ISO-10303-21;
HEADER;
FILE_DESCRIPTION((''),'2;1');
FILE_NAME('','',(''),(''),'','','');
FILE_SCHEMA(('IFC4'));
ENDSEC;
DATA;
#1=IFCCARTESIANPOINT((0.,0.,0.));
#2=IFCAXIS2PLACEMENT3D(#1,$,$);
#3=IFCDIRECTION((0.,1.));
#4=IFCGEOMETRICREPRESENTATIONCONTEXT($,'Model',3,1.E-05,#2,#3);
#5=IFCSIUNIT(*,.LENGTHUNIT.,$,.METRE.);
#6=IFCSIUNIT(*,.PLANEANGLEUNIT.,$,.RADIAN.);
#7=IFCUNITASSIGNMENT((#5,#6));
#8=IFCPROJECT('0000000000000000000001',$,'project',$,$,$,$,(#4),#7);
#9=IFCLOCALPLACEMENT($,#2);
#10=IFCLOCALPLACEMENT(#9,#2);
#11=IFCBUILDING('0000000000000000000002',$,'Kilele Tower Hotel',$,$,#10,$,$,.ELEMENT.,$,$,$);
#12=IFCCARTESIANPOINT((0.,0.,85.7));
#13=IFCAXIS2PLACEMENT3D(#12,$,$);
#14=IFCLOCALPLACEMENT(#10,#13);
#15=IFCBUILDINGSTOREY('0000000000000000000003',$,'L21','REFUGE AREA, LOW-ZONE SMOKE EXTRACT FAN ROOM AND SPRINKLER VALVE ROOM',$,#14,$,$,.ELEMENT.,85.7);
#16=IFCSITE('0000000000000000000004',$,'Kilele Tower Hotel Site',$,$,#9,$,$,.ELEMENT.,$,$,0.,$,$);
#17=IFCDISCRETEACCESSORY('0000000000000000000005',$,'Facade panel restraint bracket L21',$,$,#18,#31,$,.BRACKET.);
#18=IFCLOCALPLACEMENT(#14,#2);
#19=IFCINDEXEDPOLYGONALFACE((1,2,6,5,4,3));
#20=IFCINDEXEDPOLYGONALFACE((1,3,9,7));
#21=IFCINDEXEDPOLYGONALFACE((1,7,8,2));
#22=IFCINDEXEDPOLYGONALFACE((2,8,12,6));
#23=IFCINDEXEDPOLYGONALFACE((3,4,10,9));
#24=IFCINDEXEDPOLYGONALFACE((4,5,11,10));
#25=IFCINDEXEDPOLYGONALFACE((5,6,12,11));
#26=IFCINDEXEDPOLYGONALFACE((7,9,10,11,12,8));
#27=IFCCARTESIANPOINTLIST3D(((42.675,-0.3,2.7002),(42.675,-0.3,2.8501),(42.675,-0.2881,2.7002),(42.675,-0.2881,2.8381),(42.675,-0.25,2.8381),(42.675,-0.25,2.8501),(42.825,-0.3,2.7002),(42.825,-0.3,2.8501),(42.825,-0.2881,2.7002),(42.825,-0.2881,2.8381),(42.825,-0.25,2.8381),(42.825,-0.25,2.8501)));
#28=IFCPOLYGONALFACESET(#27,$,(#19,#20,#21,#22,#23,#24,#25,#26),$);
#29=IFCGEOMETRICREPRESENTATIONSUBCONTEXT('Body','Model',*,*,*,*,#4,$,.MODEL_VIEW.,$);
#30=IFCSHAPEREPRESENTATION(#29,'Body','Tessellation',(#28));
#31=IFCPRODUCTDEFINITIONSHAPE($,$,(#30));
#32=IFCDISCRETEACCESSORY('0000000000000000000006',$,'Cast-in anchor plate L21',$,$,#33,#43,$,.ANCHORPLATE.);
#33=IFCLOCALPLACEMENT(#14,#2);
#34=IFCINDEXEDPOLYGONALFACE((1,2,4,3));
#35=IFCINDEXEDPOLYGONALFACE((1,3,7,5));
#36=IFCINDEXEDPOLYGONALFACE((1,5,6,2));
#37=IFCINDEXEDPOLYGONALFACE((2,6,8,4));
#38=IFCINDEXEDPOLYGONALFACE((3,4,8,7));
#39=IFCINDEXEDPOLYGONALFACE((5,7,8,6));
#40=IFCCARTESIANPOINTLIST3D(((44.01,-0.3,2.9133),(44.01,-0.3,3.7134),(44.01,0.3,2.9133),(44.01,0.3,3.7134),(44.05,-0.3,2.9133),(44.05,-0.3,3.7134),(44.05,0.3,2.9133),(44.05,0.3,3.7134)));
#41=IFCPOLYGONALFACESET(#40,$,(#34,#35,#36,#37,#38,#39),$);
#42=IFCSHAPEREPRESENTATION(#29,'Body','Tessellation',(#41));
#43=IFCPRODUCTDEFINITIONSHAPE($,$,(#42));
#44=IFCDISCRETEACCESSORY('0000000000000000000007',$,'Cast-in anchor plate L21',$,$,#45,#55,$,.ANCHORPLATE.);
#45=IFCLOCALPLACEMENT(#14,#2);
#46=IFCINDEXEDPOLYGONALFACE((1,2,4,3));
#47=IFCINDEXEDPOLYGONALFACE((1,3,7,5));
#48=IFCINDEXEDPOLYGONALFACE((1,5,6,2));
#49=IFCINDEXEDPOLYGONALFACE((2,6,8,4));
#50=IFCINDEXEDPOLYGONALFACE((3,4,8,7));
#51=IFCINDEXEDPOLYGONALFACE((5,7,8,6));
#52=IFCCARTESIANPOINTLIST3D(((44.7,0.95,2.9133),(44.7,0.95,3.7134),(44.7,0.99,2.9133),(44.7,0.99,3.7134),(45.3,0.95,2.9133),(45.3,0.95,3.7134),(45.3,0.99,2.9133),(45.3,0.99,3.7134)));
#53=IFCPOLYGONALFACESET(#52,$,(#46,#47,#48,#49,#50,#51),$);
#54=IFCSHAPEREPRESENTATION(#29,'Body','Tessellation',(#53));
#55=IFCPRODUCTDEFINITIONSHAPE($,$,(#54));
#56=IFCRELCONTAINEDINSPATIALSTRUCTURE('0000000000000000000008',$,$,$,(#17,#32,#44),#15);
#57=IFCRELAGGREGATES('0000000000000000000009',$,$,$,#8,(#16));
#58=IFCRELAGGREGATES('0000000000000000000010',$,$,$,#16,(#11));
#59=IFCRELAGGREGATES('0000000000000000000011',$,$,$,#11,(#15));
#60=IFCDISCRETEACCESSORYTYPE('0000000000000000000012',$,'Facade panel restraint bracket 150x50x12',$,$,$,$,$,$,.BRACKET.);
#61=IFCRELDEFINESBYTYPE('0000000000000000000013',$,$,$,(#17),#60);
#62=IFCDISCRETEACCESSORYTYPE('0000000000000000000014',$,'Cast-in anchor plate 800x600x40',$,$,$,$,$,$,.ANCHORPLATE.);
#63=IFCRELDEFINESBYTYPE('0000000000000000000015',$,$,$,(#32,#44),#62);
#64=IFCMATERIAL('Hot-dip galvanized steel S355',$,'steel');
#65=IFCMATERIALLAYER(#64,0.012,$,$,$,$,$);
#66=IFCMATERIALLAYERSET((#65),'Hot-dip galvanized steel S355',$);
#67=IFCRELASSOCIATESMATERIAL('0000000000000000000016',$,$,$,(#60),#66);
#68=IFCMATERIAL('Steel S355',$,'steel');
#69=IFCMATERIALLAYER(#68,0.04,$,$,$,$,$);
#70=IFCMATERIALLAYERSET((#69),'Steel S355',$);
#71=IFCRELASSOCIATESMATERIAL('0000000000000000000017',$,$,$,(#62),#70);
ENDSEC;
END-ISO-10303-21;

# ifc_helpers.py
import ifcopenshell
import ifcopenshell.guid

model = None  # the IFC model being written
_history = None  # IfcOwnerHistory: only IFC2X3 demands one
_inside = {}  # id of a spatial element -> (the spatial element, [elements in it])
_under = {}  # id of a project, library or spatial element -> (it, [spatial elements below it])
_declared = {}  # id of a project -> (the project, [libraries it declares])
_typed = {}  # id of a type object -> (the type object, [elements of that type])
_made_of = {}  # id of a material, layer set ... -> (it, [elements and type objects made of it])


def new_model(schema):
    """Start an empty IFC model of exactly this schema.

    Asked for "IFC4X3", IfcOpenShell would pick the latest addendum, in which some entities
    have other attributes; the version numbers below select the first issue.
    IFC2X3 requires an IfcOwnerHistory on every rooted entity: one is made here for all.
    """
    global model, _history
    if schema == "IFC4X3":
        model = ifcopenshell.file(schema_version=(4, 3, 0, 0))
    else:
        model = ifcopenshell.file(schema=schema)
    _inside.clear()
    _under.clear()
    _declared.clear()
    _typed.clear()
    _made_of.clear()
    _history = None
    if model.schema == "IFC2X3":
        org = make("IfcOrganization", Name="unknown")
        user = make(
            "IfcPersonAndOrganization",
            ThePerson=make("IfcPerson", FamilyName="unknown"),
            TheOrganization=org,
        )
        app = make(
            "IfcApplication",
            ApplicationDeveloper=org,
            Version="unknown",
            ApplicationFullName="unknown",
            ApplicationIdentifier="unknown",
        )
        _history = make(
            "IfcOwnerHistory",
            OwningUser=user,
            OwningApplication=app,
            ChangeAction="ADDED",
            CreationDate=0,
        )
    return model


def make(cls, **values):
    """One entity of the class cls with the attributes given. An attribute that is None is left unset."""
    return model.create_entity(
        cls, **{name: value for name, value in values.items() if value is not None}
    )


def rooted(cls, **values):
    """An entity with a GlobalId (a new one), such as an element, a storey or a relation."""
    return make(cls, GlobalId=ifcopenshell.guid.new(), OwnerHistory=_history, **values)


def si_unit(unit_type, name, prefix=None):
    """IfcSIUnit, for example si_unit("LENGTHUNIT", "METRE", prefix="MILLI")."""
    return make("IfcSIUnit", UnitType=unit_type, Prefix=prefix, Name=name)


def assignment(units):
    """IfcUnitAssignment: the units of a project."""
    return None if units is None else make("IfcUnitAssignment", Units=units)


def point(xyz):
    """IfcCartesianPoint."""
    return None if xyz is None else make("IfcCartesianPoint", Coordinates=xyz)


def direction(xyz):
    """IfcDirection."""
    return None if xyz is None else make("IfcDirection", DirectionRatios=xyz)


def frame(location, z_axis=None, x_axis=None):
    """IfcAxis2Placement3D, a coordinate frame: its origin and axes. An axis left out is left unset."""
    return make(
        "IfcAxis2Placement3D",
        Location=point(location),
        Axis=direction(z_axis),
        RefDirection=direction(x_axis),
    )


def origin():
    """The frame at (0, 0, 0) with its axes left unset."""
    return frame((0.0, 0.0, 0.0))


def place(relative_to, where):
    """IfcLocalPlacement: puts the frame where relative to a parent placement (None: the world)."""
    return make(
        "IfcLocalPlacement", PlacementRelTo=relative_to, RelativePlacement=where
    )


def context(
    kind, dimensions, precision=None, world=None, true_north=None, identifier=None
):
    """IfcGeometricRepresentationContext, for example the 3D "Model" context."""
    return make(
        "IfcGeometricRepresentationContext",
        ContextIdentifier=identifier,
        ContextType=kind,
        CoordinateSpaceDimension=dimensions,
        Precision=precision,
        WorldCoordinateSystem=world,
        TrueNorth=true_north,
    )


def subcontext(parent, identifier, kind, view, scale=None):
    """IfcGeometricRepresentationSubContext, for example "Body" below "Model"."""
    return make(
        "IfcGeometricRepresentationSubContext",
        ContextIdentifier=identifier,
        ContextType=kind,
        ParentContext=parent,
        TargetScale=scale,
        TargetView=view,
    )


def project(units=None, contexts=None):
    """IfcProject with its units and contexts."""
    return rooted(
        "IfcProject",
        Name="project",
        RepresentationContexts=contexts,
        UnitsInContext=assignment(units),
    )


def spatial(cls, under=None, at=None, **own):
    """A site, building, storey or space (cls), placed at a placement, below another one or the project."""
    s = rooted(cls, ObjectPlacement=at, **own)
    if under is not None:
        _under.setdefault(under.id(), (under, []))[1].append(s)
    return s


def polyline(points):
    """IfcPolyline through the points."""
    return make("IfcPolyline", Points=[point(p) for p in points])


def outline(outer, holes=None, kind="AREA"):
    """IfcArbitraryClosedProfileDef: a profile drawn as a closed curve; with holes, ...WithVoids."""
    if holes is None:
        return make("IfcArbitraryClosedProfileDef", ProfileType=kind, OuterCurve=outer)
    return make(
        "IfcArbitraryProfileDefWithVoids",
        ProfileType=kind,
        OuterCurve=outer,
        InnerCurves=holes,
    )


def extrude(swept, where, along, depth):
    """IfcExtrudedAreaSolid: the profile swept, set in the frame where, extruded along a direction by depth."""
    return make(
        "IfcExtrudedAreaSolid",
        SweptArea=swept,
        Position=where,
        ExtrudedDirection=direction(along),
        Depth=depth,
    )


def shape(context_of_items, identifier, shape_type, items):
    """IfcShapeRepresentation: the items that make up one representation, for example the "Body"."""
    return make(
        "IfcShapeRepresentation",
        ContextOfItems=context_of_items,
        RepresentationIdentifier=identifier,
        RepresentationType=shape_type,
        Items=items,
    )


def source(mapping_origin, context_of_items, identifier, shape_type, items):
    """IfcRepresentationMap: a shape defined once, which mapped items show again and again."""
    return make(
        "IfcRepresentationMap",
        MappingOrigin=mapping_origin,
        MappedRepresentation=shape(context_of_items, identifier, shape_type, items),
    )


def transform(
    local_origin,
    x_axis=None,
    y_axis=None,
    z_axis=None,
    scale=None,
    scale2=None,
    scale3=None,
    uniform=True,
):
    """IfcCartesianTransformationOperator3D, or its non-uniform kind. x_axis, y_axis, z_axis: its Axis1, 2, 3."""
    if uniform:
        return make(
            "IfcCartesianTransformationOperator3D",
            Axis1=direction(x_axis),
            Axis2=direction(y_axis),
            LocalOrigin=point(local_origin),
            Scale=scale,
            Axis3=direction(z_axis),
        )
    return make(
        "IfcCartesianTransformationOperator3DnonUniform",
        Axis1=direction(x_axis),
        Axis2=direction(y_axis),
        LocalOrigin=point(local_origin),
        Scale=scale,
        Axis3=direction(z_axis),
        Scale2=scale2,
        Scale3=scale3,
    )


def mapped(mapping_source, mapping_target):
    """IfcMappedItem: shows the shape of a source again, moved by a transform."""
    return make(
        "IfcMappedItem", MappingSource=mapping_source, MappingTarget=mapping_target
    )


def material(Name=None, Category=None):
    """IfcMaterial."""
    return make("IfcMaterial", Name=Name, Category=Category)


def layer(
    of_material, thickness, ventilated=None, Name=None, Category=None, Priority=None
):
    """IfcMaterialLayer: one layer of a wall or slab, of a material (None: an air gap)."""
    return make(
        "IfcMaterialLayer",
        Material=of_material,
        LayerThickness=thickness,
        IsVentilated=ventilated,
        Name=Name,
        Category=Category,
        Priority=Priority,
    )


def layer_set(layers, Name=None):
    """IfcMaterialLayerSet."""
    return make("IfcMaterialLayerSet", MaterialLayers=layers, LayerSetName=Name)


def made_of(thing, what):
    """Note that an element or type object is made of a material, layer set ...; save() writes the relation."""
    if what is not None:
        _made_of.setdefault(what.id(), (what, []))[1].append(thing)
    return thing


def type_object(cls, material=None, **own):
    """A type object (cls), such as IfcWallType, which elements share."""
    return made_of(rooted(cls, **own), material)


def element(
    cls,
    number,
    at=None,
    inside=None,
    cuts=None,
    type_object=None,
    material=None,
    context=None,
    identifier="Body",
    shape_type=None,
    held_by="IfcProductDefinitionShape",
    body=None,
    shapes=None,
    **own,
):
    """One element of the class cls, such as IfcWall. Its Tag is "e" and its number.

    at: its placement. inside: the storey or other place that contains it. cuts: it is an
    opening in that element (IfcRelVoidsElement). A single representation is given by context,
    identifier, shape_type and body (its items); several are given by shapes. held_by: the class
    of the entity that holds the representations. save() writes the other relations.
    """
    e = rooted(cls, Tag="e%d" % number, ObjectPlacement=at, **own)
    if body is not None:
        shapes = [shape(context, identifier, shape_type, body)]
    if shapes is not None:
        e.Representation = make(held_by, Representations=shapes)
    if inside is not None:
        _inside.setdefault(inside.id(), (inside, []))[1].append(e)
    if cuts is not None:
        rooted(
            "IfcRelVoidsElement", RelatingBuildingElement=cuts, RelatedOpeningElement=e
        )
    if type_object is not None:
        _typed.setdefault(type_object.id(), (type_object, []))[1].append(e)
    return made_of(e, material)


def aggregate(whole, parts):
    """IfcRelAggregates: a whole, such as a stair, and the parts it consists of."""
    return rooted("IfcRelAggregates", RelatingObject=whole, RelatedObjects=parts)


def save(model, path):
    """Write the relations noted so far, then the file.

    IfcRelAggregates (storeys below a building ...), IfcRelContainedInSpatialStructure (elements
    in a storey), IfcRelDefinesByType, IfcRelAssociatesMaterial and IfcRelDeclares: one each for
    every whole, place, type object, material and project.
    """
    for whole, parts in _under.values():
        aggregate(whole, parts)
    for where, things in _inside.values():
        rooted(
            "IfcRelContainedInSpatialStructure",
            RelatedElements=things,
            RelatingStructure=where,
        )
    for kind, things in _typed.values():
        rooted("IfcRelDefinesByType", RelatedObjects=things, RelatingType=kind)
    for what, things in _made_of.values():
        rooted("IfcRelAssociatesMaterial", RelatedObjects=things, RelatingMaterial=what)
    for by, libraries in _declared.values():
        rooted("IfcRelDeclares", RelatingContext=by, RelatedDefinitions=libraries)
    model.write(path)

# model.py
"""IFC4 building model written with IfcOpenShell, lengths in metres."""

from ifc_helpers import new_model, si_unit, direction, frame, origin, place, context, subcontext, project, spatial, polyline, outline, extrude, source, transform, mapped, material, layer, layer_set, type_object, element, save


model = new_model("IFC4")

# Units and contexts
model_context = context("Model", 3, precision=1e-05, world=origin(), true_north=direction((0.0, 1.0)))
body_context = subcontext(model_context, "Body", "Model", "MODEL_VIEW")
ifc_project = project(units=[si_unit("LENGTHUNIT", "METRE"), si_unit("PLANEANGLEUNIT", "RADIAN")], contexts=[model_context])

# Site, building, storey
site_placement = place(None, origin())
site = spatial("IfcSite", under=ifc_project, at=site_placement, Name="Kilele Tower Hotel Site", CompositionType="ELEMENT", RefElevation=0.0)
building_placement = place(site_placement, origin())
building = spatial("IfcBuilding", under=site, at=building_placement, Name="Kilele Tower Hotel", CompositionType="ELEMENT")
storey_placement = place(building_placement, frame((0.0, 0.0, 85.7)))
storey = spatial("IfcBuildingStorey", under=building, at=storey_placement, Name="L21", Description="REFUGE AREA, LOW-ZONE SMOKE EXTRACT FAN ROOM AND SPRINKLER VALVE ROOM", CompositionType="ELEMENT", Elevation=85.7)

# Discrete accessories
ifc_material_1 = material(Name="Hot-dip galvanized steel S355", Category="steel")
ifc_layer_1 = layer(ifc_material_1, 0.012)
ifc_layer_set_1 = layer_set([ifc_layer_1], Name="Hot-dip galvanized steel S355")
discrete_accessory_type_1 = type_object("IfcDiscreteAccessoryType", Name="Facade panel restraint bracket 150x50x12", PredefinedType="BRACKET", material=ifc_layer_set_1)
shared_shape_1 = source(origin(), body_context, "Body", "SweptSolid", [
    extrude(outline(polyline([(0.0, 0.0), (0.0, -0.1499), (-0.012, -0.1499), (-0.012, -0.012), (-0.05, -0.012), (-0.05, 0.0), (0.0, 0.0)])), origin(), (0.0, 0.0, 1.0), 0.1499),
])
discrete_accessory_placement = place(storey_placement, frame((42.825, -0.3, 2.8501), z_axis=(-1.0, 0.0, 0.0), x_axis=(0.0, -1.0, 0.0)))
element("IfcDiscreteAccessory", 1, at=discrete_accessory_placement, inside=storey, type_object=discrete_accessory_type_1, Name="Facade panel restraint bracket L21", PredefinedType="BRACKET", context=body_context, shape_type="MappedRepresentation", body=[
    mapped(shared_shape_1, transform((0.0, 0.0, 0.0))),
])
ifc_material_2 = material(Name="Steel S355", Category="steel")
ifc_layer_2 = layer(ifc_material_2, 0.04)
ifc_layer_set_2 = layer_set([ifc_layer_2], Name="Steel S355")
discrete_accessory_type_2 = type_object("IfcDiscreteAccessoryType", Name="Cast-in anchor plate 800x600x40", PredefinedType="ANCHORPLATE", material=ifc_layer_set_2)
shared_shape_2 = source(origin(), body_context, "Body", "SweptSolid", [
    extrude(outline(polyline([(0.0, 0.0), (0.04, 0.0), (0.04, 0.8), (0.0, 0.8), (0.0, 0.0)])), origin(), (0.0, 0.0, 1.0), 0.6001),
])
for number, where, z_axis, x_axis, name in (
    (2, (44.05, -0.3, 2.9133), (0.0, 1.0, 0.0), (-1.0, 0.0, 0.0), "Cast-in anchor plate L21"),
    (3, (44.7, 0.95, 2.9133), (1.0, 0.0, 0.0), (0.0, 1.0, 0.0), "Cast-in anchor plate L21"),
):
    element("IfcDiscreteAccessory", number, at=place(storey_placement, frame(where, z_axis=z_axis, x_axis=x_axis)), inside=storey, type_object=discrete_accessory_type_2, Name=name, PredefinedType="ANCHORPLATE", context=body_context, shape_type="MappedRepresentation", body=[
        mapped(shared_shape_2, transform((0.0, 0.0, 0.0))),
    ])

save(model, "model.ifc")
